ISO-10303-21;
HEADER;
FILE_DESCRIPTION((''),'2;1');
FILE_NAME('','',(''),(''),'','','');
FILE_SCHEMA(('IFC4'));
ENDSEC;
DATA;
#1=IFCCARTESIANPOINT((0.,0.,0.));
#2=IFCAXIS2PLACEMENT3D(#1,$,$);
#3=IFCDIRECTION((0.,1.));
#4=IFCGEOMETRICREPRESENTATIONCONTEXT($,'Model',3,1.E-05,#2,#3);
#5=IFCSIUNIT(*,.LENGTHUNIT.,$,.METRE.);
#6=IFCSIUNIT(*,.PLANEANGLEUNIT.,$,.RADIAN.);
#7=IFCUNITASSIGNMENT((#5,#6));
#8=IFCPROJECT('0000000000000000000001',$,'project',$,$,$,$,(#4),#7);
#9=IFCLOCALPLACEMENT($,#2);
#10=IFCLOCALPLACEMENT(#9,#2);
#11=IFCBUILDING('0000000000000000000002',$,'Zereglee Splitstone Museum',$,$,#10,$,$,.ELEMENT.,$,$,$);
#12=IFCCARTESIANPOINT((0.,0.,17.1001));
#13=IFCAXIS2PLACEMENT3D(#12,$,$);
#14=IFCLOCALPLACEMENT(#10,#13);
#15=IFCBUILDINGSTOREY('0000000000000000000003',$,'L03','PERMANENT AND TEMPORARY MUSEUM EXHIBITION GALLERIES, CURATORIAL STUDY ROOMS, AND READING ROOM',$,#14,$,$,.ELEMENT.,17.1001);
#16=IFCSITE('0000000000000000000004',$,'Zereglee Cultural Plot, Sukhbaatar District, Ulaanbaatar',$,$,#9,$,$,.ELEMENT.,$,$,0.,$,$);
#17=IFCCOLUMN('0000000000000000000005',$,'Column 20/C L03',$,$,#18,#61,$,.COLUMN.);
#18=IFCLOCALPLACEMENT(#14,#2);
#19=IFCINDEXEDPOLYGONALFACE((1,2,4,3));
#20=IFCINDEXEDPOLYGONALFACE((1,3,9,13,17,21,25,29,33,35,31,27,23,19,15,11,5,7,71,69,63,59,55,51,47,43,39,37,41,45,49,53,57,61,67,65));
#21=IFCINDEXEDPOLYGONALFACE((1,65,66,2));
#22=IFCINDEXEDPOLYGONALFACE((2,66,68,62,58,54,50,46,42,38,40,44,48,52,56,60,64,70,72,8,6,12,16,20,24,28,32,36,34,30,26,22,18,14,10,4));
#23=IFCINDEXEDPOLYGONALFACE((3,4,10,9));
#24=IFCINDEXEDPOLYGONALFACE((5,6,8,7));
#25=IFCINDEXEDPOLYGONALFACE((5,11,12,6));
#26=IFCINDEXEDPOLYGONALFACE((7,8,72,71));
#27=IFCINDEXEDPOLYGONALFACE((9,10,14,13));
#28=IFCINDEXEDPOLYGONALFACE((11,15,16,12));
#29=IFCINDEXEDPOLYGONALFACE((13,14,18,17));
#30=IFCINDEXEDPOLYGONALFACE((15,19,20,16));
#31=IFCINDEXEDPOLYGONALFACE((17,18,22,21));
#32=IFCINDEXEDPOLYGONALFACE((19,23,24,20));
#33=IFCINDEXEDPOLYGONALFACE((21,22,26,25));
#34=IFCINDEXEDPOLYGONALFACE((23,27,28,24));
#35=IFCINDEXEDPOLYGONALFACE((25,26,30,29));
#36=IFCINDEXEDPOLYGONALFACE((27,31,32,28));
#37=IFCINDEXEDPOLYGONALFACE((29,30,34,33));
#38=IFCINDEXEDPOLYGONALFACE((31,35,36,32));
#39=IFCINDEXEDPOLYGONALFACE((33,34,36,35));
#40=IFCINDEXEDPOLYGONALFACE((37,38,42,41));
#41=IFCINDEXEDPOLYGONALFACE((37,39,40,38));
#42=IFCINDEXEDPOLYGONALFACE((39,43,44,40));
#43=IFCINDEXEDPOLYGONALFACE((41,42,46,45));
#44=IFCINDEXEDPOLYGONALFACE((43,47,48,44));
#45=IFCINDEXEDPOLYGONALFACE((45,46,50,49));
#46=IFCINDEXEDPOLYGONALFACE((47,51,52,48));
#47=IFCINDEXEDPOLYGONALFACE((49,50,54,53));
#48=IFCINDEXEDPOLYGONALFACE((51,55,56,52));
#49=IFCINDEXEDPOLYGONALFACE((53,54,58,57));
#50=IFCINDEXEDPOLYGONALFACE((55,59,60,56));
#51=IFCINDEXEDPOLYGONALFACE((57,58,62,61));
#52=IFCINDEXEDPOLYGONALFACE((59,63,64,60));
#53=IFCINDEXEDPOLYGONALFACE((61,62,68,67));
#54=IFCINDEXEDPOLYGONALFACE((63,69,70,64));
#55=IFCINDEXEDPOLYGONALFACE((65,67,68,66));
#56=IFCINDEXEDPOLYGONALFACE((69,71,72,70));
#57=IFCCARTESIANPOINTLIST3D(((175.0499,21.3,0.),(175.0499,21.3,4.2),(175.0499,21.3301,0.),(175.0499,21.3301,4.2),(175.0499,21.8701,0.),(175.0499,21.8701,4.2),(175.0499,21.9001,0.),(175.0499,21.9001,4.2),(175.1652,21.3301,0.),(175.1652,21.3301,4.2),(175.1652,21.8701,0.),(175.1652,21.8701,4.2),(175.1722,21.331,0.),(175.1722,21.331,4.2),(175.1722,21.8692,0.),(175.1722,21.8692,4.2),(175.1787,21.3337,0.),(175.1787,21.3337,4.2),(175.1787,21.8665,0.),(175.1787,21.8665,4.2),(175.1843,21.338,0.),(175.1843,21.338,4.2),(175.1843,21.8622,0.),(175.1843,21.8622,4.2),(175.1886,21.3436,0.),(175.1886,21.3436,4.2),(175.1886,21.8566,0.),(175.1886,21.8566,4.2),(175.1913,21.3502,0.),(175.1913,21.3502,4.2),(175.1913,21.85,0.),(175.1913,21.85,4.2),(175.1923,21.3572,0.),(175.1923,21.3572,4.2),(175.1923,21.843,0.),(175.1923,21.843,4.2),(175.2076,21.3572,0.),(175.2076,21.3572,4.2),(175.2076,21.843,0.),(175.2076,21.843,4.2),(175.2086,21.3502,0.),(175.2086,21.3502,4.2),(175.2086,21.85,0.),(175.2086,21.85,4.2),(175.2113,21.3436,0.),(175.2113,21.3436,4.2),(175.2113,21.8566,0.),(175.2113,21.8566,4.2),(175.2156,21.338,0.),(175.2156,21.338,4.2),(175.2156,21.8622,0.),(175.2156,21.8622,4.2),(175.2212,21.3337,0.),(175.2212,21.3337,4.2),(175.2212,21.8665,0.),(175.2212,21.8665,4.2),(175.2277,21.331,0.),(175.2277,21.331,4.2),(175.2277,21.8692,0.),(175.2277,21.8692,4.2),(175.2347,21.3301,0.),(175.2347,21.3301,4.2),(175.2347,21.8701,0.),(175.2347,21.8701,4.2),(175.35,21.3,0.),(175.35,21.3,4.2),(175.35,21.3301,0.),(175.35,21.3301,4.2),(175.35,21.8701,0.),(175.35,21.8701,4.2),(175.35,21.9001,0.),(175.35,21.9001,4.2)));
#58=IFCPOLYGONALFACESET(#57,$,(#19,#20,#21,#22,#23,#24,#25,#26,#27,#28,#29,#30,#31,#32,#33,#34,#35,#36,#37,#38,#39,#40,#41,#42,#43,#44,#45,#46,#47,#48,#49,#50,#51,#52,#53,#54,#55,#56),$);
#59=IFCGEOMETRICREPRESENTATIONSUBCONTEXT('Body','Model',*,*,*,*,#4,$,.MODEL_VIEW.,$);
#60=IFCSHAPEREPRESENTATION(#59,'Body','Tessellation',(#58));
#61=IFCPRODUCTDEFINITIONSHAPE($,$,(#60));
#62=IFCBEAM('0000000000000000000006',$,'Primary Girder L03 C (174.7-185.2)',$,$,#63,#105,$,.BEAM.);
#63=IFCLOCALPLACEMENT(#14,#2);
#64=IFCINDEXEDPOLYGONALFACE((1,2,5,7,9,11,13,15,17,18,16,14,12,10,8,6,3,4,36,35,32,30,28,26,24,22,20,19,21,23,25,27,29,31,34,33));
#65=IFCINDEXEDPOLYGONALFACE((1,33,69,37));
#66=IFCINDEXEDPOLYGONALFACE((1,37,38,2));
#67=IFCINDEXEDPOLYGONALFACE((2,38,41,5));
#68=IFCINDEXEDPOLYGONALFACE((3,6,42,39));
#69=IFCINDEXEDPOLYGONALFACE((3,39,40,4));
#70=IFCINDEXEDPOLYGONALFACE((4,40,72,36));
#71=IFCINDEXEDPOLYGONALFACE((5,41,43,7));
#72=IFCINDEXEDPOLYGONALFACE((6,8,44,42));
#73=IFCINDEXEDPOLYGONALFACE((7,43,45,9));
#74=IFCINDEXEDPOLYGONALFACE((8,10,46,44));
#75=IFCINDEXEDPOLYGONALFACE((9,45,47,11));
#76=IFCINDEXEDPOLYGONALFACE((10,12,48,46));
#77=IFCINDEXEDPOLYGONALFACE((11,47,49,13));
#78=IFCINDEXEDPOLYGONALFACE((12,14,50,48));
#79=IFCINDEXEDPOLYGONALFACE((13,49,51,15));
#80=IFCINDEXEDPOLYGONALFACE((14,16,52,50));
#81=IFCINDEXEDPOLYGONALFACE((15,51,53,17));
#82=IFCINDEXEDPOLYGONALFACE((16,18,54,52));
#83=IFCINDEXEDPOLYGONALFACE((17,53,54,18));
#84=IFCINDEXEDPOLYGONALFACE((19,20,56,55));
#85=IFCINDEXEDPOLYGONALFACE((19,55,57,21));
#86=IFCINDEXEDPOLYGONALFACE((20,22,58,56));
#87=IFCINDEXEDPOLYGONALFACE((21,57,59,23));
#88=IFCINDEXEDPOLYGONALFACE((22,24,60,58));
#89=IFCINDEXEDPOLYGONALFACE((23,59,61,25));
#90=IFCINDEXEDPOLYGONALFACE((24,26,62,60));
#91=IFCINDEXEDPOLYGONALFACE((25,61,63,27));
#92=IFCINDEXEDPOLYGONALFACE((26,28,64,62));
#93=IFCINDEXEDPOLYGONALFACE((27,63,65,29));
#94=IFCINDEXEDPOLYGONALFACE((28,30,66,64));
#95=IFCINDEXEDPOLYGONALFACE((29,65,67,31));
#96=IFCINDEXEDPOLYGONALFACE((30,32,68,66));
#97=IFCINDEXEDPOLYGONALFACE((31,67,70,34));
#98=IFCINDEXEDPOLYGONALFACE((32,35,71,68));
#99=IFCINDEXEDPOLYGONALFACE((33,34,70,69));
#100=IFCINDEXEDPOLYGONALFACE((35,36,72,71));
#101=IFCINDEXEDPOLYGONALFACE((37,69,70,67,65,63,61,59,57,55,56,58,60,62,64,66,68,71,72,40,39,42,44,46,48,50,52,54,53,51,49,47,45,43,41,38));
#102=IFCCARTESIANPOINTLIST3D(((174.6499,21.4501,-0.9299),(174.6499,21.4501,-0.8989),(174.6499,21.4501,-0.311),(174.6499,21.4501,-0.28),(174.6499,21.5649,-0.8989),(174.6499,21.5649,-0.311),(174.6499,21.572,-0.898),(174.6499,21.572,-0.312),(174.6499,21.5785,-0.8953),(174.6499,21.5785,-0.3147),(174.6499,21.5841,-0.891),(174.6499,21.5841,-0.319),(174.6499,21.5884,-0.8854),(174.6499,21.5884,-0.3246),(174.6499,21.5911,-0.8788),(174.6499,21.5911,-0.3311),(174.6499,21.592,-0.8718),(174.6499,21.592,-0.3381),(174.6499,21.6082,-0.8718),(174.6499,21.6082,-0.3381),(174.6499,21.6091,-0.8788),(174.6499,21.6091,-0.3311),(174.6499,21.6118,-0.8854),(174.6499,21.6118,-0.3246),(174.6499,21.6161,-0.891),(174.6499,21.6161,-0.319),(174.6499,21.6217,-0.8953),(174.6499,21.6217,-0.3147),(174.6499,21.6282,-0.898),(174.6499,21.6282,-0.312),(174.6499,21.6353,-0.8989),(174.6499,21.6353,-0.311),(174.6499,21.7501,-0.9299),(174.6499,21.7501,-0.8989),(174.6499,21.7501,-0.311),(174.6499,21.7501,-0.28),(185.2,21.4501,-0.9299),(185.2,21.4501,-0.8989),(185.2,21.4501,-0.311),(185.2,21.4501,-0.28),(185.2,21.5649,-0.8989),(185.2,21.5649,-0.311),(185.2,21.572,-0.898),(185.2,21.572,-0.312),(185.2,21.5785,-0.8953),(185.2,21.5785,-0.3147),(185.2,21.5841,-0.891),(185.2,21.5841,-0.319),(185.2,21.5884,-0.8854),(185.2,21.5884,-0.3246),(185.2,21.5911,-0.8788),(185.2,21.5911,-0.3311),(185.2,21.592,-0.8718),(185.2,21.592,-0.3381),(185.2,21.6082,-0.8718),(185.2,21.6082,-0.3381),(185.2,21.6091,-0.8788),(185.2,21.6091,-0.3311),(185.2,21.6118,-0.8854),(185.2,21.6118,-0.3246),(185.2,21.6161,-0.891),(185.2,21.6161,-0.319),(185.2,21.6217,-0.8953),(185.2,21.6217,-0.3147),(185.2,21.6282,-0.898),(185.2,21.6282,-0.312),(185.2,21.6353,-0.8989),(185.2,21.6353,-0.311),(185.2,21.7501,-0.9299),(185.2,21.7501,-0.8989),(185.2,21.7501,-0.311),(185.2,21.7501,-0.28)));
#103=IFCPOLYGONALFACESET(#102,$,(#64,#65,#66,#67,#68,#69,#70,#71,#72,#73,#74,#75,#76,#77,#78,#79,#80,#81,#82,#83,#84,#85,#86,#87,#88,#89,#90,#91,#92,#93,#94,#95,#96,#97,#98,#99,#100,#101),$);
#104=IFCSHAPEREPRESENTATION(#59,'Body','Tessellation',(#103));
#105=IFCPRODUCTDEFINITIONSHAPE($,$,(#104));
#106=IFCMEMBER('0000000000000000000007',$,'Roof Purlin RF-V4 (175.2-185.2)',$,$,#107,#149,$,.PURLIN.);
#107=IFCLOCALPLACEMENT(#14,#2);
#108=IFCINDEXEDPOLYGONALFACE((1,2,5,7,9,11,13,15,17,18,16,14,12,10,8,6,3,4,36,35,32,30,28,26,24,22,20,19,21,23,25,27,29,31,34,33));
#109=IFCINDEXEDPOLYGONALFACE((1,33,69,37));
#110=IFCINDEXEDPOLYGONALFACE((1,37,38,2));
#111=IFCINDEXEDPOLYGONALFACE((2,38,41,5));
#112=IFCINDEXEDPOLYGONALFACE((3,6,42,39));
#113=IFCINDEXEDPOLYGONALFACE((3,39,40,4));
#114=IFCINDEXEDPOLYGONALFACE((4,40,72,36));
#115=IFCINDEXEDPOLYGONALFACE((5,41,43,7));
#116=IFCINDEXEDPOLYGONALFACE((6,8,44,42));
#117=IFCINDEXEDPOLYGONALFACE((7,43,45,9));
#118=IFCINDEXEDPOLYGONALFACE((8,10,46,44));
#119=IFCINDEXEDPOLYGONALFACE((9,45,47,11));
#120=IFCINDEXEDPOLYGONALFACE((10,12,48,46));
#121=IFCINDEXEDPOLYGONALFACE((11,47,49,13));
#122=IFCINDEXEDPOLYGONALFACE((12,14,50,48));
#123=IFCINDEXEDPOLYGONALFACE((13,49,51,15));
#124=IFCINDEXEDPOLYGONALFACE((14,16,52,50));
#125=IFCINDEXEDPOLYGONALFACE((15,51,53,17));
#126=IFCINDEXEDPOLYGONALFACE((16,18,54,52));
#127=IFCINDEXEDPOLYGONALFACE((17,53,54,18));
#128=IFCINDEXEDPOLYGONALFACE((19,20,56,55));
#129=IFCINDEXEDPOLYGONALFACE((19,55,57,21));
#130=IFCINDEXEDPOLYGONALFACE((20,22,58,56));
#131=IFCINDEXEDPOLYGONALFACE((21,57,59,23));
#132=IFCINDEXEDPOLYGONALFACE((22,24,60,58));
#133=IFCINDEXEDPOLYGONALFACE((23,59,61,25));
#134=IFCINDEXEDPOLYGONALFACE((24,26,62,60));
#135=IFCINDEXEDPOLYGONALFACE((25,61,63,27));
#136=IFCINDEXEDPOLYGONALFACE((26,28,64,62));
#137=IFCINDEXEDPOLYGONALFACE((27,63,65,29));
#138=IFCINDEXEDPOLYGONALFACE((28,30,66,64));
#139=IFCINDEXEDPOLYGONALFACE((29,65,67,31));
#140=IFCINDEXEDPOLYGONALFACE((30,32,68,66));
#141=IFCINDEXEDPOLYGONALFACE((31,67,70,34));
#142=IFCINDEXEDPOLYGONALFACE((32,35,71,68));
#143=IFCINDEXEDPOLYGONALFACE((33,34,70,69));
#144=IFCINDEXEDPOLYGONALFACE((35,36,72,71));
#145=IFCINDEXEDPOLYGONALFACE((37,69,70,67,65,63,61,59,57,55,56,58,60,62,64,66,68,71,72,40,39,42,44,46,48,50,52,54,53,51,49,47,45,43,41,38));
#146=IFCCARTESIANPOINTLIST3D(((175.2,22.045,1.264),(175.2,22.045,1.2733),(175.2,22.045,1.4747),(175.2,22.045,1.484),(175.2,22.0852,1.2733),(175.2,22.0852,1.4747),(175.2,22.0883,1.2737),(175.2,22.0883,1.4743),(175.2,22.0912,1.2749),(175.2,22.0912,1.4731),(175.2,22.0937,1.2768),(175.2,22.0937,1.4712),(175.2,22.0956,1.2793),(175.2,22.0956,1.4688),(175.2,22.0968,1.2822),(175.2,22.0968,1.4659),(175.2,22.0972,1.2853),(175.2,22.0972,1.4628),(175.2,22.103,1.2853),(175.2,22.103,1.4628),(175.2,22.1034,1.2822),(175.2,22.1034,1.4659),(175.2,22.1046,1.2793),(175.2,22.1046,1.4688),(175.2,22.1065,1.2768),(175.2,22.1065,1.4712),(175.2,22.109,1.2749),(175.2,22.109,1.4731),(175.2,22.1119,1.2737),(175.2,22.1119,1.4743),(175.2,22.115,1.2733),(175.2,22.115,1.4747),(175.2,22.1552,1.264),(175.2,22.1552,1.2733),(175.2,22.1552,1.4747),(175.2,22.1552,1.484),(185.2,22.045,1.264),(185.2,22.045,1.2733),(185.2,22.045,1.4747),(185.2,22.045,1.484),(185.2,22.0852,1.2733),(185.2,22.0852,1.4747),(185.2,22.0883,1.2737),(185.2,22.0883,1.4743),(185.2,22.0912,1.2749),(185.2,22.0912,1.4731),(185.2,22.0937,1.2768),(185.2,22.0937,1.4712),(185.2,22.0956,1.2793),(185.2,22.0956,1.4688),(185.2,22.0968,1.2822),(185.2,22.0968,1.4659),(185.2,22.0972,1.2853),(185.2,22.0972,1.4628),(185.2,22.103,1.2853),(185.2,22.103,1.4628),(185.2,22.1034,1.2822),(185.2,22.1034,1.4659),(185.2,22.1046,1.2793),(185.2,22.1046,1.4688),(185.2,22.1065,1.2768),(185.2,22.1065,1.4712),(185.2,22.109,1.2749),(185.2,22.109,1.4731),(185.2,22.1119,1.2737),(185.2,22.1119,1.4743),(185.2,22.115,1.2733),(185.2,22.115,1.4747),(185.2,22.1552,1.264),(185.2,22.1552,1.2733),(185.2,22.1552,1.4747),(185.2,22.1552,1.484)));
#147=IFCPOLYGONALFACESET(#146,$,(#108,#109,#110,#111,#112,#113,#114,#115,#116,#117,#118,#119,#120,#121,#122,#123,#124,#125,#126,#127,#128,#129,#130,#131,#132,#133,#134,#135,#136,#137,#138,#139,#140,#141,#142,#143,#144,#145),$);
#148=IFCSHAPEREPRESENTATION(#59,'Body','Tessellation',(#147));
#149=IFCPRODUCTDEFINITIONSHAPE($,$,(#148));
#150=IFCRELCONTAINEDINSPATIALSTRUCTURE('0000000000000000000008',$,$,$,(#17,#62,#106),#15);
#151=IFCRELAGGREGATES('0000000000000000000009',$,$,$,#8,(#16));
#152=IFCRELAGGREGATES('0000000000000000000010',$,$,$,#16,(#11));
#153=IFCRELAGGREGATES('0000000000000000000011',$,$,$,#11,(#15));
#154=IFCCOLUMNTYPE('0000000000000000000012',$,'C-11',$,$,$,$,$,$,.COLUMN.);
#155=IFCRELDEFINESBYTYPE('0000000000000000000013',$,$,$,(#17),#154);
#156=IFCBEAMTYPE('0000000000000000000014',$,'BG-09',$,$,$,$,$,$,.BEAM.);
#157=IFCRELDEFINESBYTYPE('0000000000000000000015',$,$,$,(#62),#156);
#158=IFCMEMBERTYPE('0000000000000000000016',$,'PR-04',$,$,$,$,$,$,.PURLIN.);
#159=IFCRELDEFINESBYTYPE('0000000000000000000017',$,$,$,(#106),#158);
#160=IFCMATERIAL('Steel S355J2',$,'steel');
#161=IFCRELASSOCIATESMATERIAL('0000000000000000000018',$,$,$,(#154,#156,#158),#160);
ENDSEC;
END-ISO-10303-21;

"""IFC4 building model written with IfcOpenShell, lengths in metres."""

from ifc_helpers import new_model, si_unit, direction, frame, origin, origin_2d, place, context, subcontext, project, spatial, i_section, extrude, material, material_profile, profile_set, type_object, element, save


model = new_model("IFC4")

# Units and contexts
model_context = context("Model", 3, precision=1e-05, world=origin(), true_north=direction((0.0, 1.0)))
body_context = subcontext(model_context, "Body", "Model", "MODEL_VIEW")
ifc_project = project(units=[si_unit("LENGTHUNIT", "METRE"), si_unit("PLANEANGLEUNIT", "RADIAN")], contexts=[model_context])

# Site, building, storey
site_placement = place(None, origin())
site = spatial("IfcSite", under=ifc_project, at=site_placement, Name="Zereglee Cultural Plot, Sukhbaatar District, Ulaanbaatar", CompositionType="ELEMENT", RefElevation=0.0)
building_placement = place(site_placement, origin())
building = spatial("IfcBuilding", under=site, at=building_placement, Name="Zereglee Splitstone Museum", CompositionType="ELEMENT")
storey_placement = place(building_placement, frame((0.0, 0.0, 17.1001)))
storey = spatial("IfcBuildingStorey", under=building, at=storey_placement, Name="L03", Description="PERMANENT AND TEMPORARY MUSEUM EXHIBITION GALLERIES, CURATORIAL STUDY ROOMS, AND READING ROOM", CompositionType="ELEMENT", Elevation=17.1001)

# Column
ifc_material_1 = material(Name="Steel S355J2", Category="steel")
ifc_material_profile_1 = material_profile(ifc_material_1, i_section(OverallWidth=0.3, OverallDepth=0.6001, WebThickness=0.0154, FlangeThickness=0.03, FilletRadius=0.0271, at=origin_2d()), Name="HE 600 B")
ifc_profile_set_1 = profile_set([ifc_material_profile_1], Name="Steel S355J2")
column_type = type_object("IfcColumnType", Name="C-11", PredefinedType="COLUMN", material=ifc_profile_set_1)
column_placement = place(storey_placement, frame((175.2, 21.6001, 0.0), z_axis=(0.0, 0.0, 1.0), x_axis=(1.0, 0.0, 0.0)))
element("IfcColumn", 1, at=column_placement, inside=storey, type_object=column_type, Name="Column 20/C L03", PredefinedType="COLUMN", context=body_context, shape_type="SweptSolid", body=[
    extrude(i_section(OverallWidth=0.3, OverallDepth=0.6001, WebThickness=0.0154, FlangeThickness=0.03, FilletRadius=0.0271, at=origin_2d()), origin(), (0.0, 0.0, 1.0), 4.2),
])

# Beam
ifc_material_profile_2 = material_profile(ifc_material_1, i_section(OverallWidth=0.3, OverallDepth=0.6499, WebThickness=0.0161, FlangeThickness=0.031, FilletRadius=0.0271, at=origin_2d()), Name="HE 650 B")
ifc_profile_set_2 = profile_set([ifc_material_profile_2], Name="Steel S355J2")
beam_type_1 = type_object("IfcBeamType", Name="BG-09", PredefinedType="BEAM", material=ifc_profile_set_2)
beam_1_placement = place(storey_placement, frame((174.6499, 21.6001, -0.605), z_axis=(1.0, 0.0, 0.0), x_axis=(0.0, 1.0, 0.0)))
element("IfcBeam", 2, at=beam_1_placement, inside=storey, type_object=beam_type_1, Name="Primary Girder L03 C (174.7-185.2)", PredefinedType="BEAM", context=body_context, shape_type="SweptSolid", body=[
    extrude(i_section(OverallWidth=0.3, OverallDepth=0.6499, WebThickness=0.0161, FlangeThickness=0.031, FilletRadius=0.0271, at=origin_2d()), origin(), (0.0, 0.0, 1.0), 10.55),
])

# Member
ifc_material_profile_3 = material_profile(ifc_material_1, i_section(OverallWidth=0.1101, OverallDepth=0.22, WebThickness=0.0059, FlangeThickness=0.0093, FilletRadius=0.012, at=origin_2d()), Name="IPE 220")
ifc_profile_set_3 = profile_set([ifc_material_profile_3], Name="Steel S355J2")
member_type_1 = type_object("IfcMemberType", Name="PR-04", PredefinedType="PURLIN", material=ifc_profile_set_3)
member_1_placement = place(storey_placement, frame((175.2, 22.1001, 1.374), z_axis=(1.0, 0.0, 0.0), x_axis=(0.0, 1.0, 0.0)))
element("IfcMember", 3, at=member_1_placement, inside=storey, type_object=member_type_1, Name="Roof Purlin RF-V4 (175.2-185.2)", PredefinedType="PURLIN", context=body_context, shape_type="SweptSolid", body=[
    extrude(i_section(OverallWidth=0.1101, OverallDepth=0.22, WebThickness=0.0059, FlangeThickness=0.0093, FilletRadius=0.012, at=origin_2d()), origin(), (0.0, 0.0, 1.0), 10.0),
])

save(model, "model.ifc")
